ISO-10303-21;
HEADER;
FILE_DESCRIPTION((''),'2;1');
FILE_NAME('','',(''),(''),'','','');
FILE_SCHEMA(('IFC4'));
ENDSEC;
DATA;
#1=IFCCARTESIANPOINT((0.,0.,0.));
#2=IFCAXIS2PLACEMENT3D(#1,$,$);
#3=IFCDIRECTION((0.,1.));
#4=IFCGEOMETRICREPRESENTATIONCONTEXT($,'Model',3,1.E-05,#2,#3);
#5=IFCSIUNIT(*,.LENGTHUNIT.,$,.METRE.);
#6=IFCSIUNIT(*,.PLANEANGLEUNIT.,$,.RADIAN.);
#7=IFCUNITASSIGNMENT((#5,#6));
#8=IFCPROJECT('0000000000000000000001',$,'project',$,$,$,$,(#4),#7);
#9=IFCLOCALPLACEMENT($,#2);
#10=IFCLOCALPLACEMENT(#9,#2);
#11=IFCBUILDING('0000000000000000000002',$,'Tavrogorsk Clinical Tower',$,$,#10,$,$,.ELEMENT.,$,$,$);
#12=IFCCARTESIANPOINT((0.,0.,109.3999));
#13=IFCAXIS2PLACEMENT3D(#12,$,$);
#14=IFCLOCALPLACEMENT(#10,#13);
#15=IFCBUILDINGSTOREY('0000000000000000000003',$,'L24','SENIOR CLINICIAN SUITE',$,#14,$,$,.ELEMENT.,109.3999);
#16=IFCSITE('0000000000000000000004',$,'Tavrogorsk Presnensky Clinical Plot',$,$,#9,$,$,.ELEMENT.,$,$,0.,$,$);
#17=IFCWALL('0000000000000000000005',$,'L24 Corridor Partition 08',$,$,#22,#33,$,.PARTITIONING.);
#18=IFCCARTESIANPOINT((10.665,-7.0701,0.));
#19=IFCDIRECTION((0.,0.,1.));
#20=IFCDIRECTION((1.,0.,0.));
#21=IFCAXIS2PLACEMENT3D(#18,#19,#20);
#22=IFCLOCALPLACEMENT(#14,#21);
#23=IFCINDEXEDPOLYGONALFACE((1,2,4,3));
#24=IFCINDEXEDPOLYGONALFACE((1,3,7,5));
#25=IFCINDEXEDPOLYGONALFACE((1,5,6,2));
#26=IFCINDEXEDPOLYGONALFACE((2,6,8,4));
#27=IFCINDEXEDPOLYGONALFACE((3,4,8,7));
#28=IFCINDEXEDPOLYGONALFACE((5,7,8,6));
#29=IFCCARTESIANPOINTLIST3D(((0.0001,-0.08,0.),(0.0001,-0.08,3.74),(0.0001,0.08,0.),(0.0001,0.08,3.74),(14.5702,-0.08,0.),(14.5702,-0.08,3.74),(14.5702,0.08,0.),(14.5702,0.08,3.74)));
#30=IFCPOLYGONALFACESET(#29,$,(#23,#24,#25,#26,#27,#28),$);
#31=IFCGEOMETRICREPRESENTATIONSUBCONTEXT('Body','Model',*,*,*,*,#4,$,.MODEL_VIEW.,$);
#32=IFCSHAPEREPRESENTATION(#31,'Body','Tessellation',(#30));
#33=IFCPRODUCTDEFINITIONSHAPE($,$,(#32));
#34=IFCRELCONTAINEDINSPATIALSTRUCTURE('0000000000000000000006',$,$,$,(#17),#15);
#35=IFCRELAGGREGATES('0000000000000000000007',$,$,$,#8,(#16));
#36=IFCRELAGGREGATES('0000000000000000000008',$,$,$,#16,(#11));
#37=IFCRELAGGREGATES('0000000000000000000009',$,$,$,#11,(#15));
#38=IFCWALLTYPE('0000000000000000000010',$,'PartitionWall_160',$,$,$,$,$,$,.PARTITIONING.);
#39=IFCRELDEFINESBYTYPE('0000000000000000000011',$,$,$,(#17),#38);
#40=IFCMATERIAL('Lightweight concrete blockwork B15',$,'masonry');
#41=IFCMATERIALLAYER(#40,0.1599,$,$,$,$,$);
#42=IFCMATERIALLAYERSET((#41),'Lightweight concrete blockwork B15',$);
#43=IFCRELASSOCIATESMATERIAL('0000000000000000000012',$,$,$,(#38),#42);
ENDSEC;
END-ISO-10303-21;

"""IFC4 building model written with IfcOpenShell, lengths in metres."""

from ifc_helpers import new_model, si_unit, direction, frame, frame_2d, origin, place, context, subcontext, project, spatial, rectangle, extrude, material, layer, layer_set, type_object, element, save


model = new_model("IFC4")

# Units and contexts
model_context = context("Model", 3, precision=1e-05, world=origin(), true_north=direction((0.0, 1.0)))
body_context = subcontext(model_context, "Body", "Model", "MODEL_VIEW")
ifc_project = project(units=[si_unit("LENGTHUNIT", "METRE"), si_unit("PLANEANGLEUNIT", "RADIAN")], contexts=[model_context])

# Site, building, storey
site_placement = place(None, origin())
site = spatial("IfcSite", under=ifc_project, at=site_placement, Name="Tavrogorsk Presnensky Clinical Plot", CompositionType="ELEMENT", RefElevation=0.0)
building_placement = place(site_placement, origin())
building = spatial("IfcBuilding", under=site, at=building_placement, Name="Tavrogorsk Clinical Tower", CompositionType="ELEMENT")
storey_placement = place(building_placement, frame((0.0, 0.0, 109.3999)))
storey = spatial("IfcBuildingStorey", under=building, at=storey_placement, Name="L24", Description="SENIOR CLINICIAN SUITE", CompositionType="ELEMENT", Elevation=109.3999)

# Wall
ifc_material_1 = material(Name="Lightweight concrete blockwork B15", Category="masonry")
ifc_layer_1 = layer(ifc_material_1, 0.1599)
ifc_layer_set_1 = layer_set([ifc_layer_1], Name="Lightweight concrete blockwork B15")
wall_type_1 = type_object("IfcWallType", Name="PartitionWall_160", PredefinedType="PARTITIONING", material=ifc_layer_set_1)
wall_1_placement = place(storey_placement, frame((10.665, -7.0701, 0.0), z_axis=(0.0, 0.0, 1.0), x_axis=(1.0, 0.0, 0.0)))
element("IfcWall", 1, at=wall_1_placement, inside=storey, type_object=wall_type_1, Name="L24 Corridor Partition 08", PredefinedType="PARTITIONING", context=body_context, shape_type="SweptSolid", body=[
    extrude(rectangle(XDim=14.5701, YDim=0.1599, at=frame_2d((7.2852, 0.0))), origin(), (0.0, 0.0, 1.0), 3.74),
])

save(model, "model.ifc")
